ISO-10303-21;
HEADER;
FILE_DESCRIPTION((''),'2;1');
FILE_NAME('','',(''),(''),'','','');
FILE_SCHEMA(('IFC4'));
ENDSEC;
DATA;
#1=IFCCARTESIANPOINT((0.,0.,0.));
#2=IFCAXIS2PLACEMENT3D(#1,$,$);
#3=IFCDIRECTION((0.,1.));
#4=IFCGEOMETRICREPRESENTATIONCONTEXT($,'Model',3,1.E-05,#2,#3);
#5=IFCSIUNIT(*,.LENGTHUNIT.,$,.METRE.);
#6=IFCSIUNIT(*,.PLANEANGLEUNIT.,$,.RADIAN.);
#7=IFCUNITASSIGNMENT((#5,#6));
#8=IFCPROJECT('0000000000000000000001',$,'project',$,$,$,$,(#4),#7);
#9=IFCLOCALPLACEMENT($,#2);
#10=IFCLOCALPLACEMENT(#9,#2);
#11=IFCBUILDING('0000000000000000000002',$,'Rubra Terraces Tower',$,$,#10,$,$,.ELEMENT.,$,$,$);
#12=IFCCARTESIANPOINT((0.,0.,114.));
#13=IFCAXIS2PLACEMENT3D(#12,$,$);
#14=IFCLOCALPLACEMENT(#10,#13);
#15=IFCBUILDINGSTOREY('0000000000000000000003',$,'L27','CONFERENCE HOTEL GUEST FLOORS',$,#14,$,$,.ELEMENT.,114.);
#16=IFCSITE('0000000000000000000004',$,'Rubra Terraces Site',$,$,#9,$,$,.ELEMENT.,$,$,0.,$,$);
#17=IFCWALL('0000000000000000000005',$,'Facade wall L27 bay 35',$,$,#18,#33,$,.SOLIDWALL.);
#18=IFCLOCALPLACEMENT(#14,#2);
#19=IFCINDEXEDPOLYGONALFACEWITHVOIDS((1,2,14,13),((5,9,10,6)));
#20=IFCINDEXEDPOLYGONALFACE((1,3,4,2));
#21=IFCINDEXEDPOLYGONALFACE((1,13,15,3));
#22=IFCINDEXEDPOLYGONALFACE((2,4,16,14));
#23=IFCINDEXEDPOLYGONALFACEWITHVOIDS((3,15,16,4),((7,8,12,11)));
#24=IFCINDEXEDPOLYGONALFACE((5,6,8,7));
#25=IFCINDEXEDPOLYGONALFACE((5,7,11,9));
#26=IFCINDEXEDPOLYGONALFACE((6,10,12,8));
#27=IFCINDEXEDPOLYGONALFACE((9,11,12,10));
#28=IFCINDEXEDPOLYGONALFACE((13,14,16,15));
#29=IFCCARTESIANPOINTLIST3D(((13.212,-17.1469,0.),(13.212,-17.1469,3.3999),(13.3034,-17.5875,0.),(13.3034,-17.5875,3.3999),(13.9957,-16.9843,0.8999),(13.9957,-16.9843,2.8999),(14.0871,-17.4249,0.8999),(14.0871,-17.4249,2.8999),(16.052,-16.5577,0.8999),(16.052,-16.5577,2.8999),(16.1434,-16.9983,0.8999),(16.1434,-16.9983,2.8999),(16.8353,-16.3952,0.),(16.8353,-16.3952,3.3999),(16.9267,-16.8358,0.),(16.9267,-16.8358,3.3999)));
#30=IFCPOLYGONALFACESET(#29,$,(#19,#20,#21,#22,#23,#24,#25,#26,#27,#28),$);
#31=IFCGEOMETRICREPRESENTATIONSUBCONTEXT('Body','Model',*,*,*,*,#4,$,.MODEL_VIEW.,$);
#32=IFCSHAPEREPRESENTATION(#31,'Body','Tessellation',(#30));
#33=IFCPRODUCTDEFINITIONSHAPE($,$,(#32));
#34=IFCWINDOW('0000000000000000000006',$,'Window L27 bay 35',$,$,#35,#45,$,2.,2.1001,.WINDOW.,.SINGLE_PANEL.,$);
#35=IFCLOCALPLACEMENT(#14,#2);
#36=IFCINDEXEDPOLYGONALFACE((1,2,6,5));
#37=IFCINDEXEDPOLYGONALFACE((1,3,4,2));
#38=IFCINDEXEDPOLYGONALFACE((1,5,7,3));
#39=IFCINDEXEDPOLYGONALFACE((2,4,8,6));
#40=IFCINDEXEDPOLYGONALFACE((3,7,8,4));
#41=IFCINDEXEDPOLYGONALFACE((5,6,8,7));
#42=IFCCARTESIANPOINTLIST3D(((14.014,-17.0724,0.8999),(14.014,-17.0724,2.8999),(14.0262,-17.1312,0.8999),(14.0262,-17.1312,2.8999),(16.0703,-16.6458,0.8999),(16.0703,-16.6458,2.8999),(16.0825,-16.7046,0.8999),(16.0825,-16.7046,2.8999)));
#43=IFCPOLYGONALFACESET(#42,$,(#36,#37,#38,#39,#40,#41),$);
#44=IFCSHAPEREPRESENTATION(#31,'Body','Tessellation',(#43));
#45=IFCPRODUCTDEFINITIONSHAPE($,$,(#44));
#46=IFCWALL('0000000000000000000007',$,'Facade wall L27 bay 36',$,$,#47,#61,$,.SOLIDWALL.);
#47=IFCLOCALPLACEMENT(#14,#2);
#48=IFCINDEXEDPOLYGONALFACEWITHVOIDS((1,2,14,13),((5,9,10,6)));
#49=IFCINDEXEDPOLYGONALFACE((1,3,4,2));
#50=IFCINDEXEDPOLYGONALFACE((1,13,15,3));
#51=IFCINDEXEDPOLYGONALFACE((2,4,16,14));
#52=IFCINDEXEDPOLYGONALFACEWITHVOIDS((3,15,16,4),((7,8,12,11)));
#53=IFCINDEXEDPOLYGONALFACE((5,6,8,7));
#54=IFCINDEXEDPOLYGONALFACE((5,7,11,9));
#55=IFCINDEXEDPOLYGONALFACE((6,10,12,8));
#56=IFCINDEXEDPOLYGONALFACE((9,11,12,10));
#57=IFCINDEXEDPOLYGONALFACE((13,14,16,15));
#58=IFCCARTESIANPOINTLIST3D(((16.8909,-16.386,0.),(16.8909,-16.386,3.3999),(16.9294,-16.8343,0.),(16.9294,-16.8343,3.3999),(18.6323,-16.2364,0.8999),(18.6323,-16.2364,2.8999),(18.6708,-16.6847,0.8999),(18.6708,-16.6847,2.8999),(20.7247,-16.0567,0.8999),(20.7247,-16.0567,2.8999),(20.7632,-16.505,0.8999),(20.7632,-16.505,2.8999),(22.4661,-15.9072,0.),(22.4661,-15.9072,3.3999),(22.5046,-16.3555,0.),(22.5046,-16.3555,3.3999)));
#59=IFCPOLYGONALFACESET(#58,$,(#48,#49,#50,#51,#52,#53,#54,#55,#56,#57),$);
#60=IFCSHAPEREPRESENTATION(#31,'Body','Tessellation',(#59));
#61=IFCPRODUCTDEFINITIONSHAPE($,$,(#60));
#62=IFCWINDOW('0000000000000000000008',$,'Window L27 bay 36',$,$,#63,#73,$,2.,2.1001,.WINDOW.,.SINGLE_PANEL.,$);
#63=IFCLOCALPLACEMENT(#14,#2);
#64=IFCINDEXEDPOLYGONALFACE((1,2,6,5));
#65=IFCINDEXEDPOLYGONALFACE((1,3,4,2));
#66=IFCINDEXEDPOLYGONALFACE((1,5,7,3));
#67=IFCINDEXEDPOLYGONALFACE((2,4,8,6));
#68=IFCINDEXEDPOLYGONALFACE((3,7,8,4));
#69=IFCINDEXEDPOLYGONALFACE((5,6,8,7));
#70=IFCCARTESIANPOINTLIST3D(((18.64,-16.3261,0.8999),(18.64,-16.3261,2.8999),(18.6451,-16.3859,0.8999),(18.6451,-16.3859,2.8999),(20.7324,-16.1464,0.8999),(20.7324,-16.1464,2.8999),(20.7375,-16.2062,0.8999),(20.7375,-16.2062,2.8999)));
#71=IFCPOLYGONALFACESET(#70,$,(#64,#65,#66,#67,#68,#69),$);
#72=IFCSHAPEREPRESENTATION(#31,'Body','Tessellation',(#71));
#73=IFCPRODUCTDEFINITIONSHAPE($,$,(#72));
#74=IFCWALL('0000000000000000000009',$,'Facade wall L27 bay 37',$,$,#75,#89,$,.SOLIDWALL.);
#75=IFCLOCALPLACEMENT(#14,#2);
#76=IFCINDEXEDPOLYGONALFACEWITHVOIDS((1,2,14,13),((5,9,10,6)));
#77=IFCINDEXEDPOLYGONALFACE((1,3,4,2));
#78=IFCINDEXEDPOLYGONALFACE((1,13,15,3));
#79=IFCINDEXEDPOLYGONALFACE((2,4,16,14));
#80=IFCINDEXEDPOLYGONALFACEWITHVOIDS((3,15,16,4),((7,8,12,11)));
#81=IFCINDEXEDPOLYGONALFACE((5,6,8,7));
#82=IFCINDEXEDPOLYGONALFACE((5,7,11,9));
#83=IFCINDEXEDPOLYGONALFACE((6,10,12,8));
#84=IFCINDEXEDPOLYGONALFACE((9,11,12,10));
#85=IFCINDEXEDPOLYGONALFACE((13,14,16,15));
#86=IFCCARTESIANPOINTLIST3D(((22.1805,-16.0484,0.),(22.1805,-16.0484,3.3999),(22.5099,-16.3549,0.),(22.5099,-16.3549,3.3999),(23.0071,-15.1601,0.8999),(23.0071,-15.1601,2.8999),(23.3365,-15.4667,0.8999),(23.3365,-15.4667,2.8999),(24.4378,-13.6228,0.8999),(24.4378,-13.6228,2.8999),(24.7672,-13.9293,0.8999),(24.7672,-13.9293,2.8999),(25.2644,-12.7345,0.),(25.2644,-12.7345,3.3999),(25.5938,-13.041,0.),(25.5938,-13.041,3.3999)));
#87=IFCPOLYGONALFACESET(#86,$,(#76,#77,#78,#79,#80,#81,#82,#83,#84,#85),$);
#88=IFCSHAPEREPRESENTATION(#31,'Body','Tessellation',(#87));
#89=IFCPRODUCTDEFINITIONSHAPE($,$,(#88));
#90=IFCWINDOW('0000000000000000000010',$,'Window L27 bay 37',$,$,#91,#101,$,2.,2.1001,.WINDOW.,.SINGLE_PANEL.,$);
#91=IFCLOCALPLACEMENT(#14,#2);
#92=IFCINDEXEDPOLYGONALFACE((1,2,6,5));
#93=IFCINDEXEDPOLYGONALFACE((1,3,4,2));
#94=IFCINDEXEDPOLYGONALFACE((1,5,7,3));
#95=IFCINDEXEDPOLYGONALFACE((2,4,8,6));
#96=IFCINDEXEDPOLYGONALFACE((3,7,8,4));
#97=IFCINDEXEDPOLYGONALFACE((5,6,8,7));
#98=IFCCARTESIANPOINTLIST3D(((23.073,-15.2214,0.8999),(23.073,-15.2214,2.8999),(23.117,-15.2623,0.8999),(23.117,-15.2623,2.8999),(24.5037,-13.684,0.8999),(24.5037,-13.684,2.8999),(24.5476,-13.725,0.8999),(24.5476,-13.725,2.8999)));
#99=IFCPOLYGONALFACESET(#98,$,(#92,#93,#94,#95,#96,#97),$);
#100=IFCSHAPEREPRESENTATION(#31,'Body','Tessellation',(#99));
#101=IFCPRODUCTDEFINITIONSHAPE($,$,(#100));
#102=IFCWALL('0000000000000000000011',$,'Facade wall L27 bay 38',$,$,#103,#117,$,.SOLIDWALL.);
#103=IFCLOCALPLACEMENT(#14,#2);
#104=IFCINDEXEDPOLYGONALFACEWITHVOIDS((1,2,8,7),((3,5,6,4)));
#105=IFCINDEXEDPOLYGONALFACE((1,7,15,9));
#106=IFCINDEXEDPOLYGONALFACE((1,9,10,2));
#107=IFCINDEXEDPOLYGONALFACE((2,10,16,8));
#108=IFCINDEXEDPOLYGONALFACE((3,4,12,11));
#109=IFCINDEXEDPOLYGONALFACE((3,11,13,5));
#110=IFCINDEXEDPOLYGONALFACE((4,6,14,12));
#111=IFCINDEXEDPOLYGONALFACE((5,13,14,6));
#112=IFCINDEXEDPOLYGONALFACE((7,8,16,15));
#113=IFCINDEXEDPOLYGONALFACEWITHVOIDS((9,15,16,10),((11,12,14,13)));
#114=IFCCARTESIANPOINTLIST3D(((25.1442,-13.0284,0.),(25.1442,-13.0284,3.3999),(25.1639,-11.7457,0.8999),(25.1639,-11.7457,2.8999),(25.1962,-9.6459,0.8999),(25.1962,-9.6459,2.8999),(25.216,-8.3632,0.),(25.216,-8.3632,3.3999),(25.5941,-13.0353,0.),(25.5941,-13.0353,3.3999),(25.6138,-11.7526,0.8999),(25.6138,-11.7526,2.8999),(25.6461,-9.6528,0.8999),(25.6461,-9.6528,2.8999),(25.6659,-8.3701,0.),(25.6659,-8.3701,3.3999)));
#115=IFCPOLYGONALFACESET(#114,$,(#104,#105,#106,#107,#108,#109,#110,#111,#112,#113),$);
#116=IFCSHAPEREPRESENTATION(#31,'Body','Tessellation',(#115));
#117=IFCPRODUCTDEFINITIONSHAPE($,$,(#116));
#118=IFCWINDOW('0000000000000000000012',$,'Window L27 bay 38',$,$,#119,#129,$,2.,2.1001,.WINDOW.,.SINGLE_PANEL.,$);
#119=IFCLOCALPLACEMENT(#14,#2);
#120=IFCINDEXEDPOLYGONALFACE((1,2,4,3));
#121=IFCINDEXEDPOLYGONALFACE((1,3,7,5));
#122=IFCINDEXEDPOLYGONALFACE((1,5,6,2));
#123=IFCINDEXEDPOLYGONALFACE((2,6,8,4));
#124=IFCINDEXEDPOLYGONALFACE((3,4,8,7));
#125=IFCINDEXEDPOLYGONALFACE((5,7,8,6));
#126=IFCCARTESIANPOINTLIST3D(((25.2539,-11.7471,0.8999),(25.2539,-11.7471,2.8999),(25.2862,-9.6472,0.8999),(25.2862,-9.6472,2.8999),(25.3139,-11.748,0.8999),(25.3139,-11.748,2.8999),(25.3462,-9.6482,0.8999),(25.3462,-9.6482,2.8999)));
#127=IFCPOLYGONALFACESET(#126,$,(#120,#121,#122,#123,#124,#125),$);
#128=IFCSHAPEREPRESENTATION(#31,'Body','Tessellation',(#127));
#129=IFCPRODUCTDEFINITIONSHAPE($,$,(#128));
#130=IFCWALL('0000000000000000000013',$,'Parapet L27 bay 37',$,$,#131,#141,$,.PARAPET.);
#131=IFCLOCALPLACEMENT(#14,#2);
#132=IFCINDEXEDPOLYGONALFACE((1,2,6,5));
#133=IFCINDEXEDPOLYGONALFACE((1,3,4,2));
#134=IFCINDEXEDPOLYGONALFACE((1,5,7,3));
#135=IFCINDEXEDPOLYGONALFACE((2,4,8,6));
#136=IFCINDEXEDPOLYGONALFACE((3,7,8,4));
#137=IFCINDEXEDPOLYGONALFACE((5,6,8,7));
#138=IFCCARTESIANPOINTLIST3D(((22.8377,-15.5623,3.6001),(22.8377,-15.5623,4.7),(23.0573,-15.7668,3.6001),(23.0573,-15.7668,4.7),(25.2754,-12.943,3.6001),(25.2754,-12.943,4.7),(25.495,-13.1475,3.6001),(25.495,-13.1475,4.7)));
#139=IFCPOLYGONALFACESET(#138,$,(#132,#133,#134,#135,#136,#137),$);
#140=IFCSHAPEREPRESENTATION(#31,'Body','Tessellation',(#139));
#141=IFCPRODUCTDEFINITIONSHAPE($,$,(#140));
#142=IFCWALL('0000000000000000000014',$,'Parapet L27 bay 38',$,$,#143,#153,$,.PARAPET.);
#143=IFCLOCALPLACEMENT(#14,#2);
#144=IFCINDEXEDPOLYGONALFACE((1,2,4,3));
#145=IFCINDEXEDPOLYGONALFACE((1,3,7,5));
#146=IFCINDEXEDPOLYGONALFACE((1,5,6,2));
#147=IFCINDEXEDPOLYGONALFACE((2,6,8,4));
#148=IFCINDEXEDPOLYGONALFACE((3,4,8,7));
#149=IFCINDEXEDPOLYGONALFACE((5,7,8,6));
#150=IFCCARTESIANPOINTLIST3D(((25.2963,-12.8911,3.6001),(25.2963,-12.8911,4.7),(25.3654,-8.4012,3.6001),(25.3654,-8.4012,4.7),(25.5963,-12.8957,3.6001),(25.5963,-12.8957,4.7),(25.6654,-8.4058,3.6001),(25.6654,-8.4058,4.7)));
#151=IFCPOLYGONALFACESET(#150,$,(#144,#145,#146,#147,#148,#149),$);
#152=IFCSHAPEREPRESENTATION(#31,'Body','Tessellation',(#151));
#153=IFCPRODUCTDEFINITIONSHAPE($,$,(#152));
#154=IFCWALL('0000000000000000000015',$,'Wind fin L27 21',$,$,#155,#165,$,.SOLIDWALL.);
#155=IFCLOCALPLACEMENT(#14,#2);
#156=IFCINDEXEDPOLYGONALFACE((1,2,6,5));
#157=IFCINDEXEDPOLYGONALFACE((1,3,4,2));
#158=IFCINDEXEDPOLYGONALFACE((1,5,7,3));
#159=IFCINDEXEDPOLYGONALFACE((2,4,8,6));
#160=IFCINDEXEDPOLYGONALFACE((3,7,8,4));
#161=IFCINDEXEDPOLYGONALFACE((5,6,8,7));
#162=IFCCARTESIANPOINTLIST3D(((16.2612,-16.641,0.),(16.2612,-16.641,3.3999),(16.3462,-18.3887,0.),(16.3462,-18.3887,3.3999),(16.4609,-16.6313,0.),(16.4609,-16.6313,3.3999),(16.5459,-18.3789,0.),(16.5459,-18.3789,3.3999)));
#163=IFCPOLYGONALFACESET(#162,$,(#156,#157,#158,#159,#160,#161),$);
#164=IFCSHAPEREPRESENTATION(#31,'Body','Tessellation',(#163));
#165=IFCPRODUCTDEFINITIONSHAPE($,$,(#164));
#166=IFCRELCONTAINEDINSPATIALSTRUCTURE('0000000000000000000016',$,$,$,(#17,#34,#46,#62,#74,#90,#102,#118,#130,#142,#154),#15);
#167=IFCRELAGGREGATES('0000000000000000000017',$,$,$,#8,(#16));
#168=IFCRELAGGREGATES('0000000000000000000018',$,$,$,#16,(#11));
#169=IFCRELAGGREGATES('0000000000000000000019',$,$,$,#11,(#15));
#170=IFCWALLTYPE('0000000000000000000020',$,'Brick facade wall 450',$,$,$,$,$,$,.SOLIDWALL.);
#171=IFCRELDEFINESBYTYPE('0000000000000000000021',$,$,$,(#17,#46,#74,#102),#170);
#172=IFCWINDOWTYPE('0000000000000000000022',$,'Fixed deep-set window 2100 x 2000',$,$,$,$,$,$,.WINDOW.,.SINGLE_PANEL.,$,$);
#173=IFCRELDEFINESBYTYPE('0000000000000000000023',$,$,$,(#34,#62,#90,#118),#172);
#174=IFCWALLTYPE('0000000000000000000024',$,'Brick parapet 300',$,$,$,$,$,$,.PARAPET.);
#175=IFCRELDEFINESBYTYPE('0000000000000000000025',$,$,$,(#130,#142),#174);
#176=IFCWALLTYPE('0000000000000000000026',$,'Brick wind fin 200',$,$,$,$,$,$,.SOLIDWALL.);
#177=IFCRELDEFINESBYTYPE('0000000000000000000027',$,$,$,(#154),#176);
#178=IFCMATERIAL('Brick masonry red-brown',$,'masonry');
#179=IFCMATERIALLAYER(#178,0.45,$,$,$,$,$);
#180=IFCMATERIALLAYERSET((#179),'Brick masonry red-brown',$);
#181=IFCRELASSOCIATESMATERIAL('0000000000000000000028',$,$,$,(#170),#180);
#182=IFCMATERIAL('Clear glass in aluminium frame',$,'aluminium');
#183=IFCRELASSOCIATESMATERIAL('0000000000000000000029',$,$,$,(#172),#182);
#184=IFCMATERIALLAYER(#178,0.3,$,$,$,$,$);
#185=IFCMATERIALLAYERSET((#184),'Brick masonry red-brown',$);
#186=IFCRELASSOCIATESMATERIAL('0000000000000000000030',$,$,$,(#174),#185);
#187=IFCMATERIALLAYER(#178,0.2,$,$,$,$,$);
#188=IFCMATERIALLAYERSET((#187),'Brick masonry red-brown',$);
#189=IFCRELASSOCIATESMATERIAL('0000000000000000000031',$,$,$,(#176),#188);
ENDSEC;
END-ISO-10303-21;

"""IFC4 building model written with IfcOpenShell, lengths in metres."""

from ifc_helpers import new_model, si_unit, direction, frame, frame_2d, origin, place, context, subcontext, project, spatial, rectangle, extrude, material, layer, layer_set, type_object, element, fill, save


model = new_model("IFC4")

# Units and contexts
model_context = context("Model", 3, precision=1e-05, world=origin(), true_north=direction((0.0, 1.0)))
body_context = subcontext(model_context, "Body", "Model", "MODEL_VIEW")
ifc_project = project(units=[si_unit("LENGTHUNIT", "METRE"), si_unit("PLANEANGLEUNIT", "RADIAN")], contexts=[model_context])

# Site, building, storey
site_placement = place(None, origin())
site = spatial("IfcSite", under=ifc_project, at=site_placement, Name="Rubra Terraces Site", CompositionType="ELEMENT", RefElevation=0.0)
building_placement = place(site_placement, origin())
building = spatial("IfcBuilding", under=site, at=building_placement, Name="Rubra Terraces Tower", CompositionType="ELEMENT")
storey_placement = place(building_placement, frame((0.0, 0.0, 114.0)))
storey = spatial("IfcBuildingStorey", under=building, at=storey_placement, Name="L27", Description="CONFERENCE HOTEL GUEST FLOORS", CompositionType="ELEMENT", Elevation=114.0)

# Walls, openings, windows
ifc_material_1 = material(Name="Brick masonry red-brown", Category="masonry")
ifc_layer_1 = layer(ifc_material_1, 0.45)
ifc_layer_set_1 = layer_set([ifc_layer_1], Name="Brick masonry red-brown")
wall_type_1 = type_object("IfcWallType", Name="Brick facade wall 450", PredefinedType="SOLIDWALL", material=ifc_layer_set_1)
wall_1_placement = place(storey_placement, frame((13.2578, -17.3672, 0.0), z_axis=(0.0, 0.0, 1.0), x_axis=(0.97915, 0.20314, 0.0)))
wall_1 = element("IfcWall", 1, at=wall_1_placement, inside=storey, type_object=wall_type_1, Name="Facade wall L27 bay 35", PredefinedType="SOLIDWALL", context=body_context, shape_type="SweptSolid", body=[
    extrude(rectangle(XDim=3.7004, YDim=0.45, at=frame_2d((1.8501, 0.0))), origin(), (0.0, 0.0, 1.0), 3.3999),
])
opening_1_placement = place(wall_1_placement, frame((0.8003, 0.0, 0.8999)))
opening_1 = element("IfcOpeningElement", 2, at=opening_1_placement, cuts=wall_1, PredefinedType="OPENING", context=body_context, shape_type="SweptSolid", body=[
    extrude(rectangle(XDim=2.1001, YDim=2.0, at=frame_2d((1.05, 1.0))), frame((0.0, 0.2349, 0.0), z_axis=(0.0, -1.0, 0.0), x_axis=(1.0, 0.0, 0.0)), (0.0, 0.0, 1.0), 0.47),
])
ifc_material_2 = material(Name="Clear glass in aluminium frame", Category="aluminium")
window_type = type_object("IfcWindowType", Name="Fixed deep-set window 2100 x 2000", PartitioningType="SINGLE_PANEL", PredefinedType="WINDOW", material=ifc_material_2)
window_1_placement = place(opening_1_placement, origin())
window_1 = element("IfcWindow", 3, at=window_1_placement, inside=storey, type_object=window_type, Name="Window L27 bay 35", OverallHeight=2.0, OverallWidth=2.1001, PartitioningType="SINGLE_PANEL", PredefinedType="WINDOW", context=body_context, shape_type="SweptSolid", body=[
    extrude(rectangle(XDim=2.1001, YDim=2.0, at=frame_2d((1.05, 1.0))), frame((0.0, 0.135, 0.0), z_axis=(0.0, -1.0, 0.0), x_axis=(1.0, 0.0, 0.0)), (0.0, 0.0, 1.0), 0.0601),
])
fill(opening_1, window_1)
wall_2_placement = place(storey_placement, frame((16.9102, -16.6101, 0.0), z_axis=(0.0, 0.0, 1.0), x_axis=(0.996333, 0.085558, 0.0)))
wall_2 = element("IfcWall", 4, at=wall_2_placement, inside=storey, type_object=wall_type_1, Name="Facade wall L27 bay 36", PredefinedType="SOLIDWALL", context=body_context, shape_type="SweptSolid", body=[
    extrude(rectangle(XDim=5.5957, YDim=0.45, at=frame_2d((2.7979, 0.0))), origin(), (0.0, 0.0, 1.0), 3.3999),
])
opening_2_placement = place(wall_2_placement, frame((1.7478, 0.0, 0.8999)))
opening_2 = element("IfcOpeningElement", 5, at=opening_2_placement, cuts=wall_2, PredefinedType="OPENING", context=body_context, shape_type="SweptSolid", body=[
    extrude(rectangle(XDim=2.1001, YDim=2.0, at=frame_2d((1.05, 1.0))), frame((0.0, 0.2349, 0.0), z_axis=(0.0, -1.0, 0.0), x_axis=(1.0, 0.0, 0.0)), (0.0, 0.0, 1.0), 0.47),
])
window_2_placement = place(opening_2_placement, origin())
window_2 = element("IfcWindow", 6, at=window_2_placement, inside=storey, type_object=window_type, Name="Window L27 bay 36", OverallHeight=2.0, OverallWidth=2.1001, PartitioningType="SINGLE_PANEL", PredefinedType="WINDOW", context=body_context, shape_type="SweptSolid", body=[
    extrude(rectangle(XDim=2.1001, YDim=2.0, at=frame_2d((1.05, 1.0))), frame((0.0, 0.135, 0.0), z_axis=(0.0, -1.0, 0.0), x_axis=(1.0, 0.0, 0.0)), (0.0, 0.0, 1.0), 0.0601),
])
fill(opening_2, window_2)
wall_3_placement = place(storey_placement, frame((22.3452, -16.2017, 0.0), z_axis=(0.0, 0.0, 1.0), x_axis=(0.681249, 0.732052, 0.0)))
wall_3 = element("IfcWall", 7, at=wall_3_placement, inside=storey, type_object=wall_type_1, Name="Facade wall L27 bay 37", PredefinedType="SOLIDWALL", context=body_context, shape_type="SweptSolid", body=[
    extrude(rectangle(XDim=4.5269, YDim=0.45, at=frame_2d((2.2634, 0.0))), origin(), (0.0, 0.0, 1.0), 3.3999),
])
opening_3_placement = place(wall_3_placement, frame((1.2134, 0.0, 0.8999)))
opening_3 = element("IfcOpeningElement", 8, at=opening_3_placement, cuts=wall_3, PredefinedType="OPENING", context=body_context, shape_type="SweptSolid", body=[
    extrude(rectangle(XDim=2.1001, YDim=2.0, at=frame_2d((1.05, 1.0))), frame((0.0, 0.2349, 0.0), z_axis=(0.0, -1.0, 0.0), x_axis=(1.0, 0.0, 0.0)), (0.0, 0.0, 1.0), 0.47),
])
window_3_placement = place(opening_3_placement, origin())
window_3 = element("IfcWindow", 9, at=window_3_placement, inside=storey, type_object=window_type, Name="Window L27 bay 37", OverallHeight=2.0, OverallWidth=2.1001, PartitioningType="SINGLE_PANEL", PredefinedType="WINDOW", context=body_context, shape_type="SweptSolid", body=[
    extrude(rectangle(XDim=2.1001, YDim=2.0, at=frame_2d((1.05, 1.0))), frame((0.0, 0.135, 0.0), z_axis=(0.0, -1.0, 0.0), x_axis=(1.0, 0.0, 0.0)), (0.0, 0.0, 1.0), 0.0601),
])
fill(opening_3, window_3)
wall_4_placement = place(storey_placement, frame((25.3691, -13.032, 0.0), z_axis=(0.0, 0.0, 1.0), x_axis=(0.015384, 0.999882, 0.0)))
wall_4 = element("IfcWall", 10, at=wall_4_placement, inside=storey, type_object=wall_type_1, Name="Facade wall L27 bay 38", PredefinedType="SOLIDWALL", context=body_context, shape_type="SweptSolid", body=[
    extrude(rectangle(XDim=4.6658, YDim=0.45, at=frame_2d((2.333, 0.0))), origin(), (0.0, 0.0, 1.0), 3.3999),
])
opening_4_placement = place(wall_4_placement, frame((1.283, 0.0, 0.8999)))
opening_4 = element("IfcOpeningElement", 11, at=opening_4_placement, cuts=wall_4, PredefinedType="OPENING", context=body_context, shape_type="SweptSolid", body=[
    extrude(rectangle(XDim=2.1001, YDim=2.0, at=frame_2d((1.05, 1.0))), frame((0.0, 0.2349, 0.0), z_axis=(0.0, -1.0, 0.0), x_axis=(1.0, 0.0, 0.0)), (0.0, 0.0, 1.0), 0.47),
])
window_4_placement = place(opening_4_placement, origin())
window_4 = element("IfcWindow", 12, at=window_4_placement, inside=storey, type_object=window_type, Name="Window L27 bay 38", OverallHeight=2.0, OverallWidth=2.1001, PartitioningType="SINGLE_PANEL", PredefinedType="WINDOW", context=body_context, shape_type="SweptSolid", body=[
    extrude(rectangle(XDim=2.1001, YDim=2.0, at=frame_2d((1.05, 1.0))), frame((0.0, 0.135, 0.0), z_axis=(0.0, -1.0, 0.0), x_axis=(1.0, 0.0, 0.0)), (0.0, 0.0, 1.0), 0.0601),
])
fill(opening_4, window_4)

# Walls
ifc_layer_2 = layer(ifc_material_1, 0.3)
ifc_layer_set_2 = layer_set([ifc_layer_2], Name="Brick masonry red-brown")
wall_type_2 = type_object("IfcWallType", Name="Brick parapet 300", PredefinedType="PARAPET", material=ifc_layer_set_2)
wall_5_placement = place(storey_placement, frame((22.9475, -15.6646, 3.6001), z_axis=(0.0, 0.0, 1.0), x_axis=(0.68127, 0.732032, 0.0)))
element("IfcWall", 13, at=wall_5_placement, inside=storey, type_object=wall_type_2, Name="Parapet L27 bay 37", PredefinedType="PARAPET", context=body_context, shape_type="SweptSolid", body=[
    extrude(rectangle(XDim=3.5781, YDim=0.3, at=frame_2d((1.7891, 0.0))), origin(), (0.0, 0.0, 1.0), 1.0999),
])
wall_6_placement = place(storey_placement, frame((25.4463, -12.8933, 3.6001), z_axis=(0.0, 0.0, 1.0), x_axis=(0.015386, 0.999882, 0.0)))
element("IfcWall", 14, at=wall_6_placement, inside=storey, type_object=wall_type_2, Name="Parapet L27 bay 38", PredefinedType="PARAPET", context=body_context, shape_type="SweptSolid", body=[
    extrude(rectangle(XDim=4.4905, YDim=0.3, at=frame_2d((2.2451, 0.0))), origin(), (0.0, 0.0, 1.0), 1.0999),
])
ifc_layer_3 = layer(ifc_material_1, 0.2)
ifc_layer_set_3 = layer_set([ifc_layer_3], Name="Brick masonry red-brown")
wall_type_3 = type_object("IfcWallType", Name="Brick wind fin 200", PredefinedType="SOLIDWALL", material=ifc_layer_set_3)
wall_7_placement = place(storey_placement, frame((16.3611, -16.636, 0.0), z_axis=(0.0, 0.0, 1.0), x_axis=(0.048553, -0.998821, 0.0)))
element("IfcWall", 15, at=wall_7_placement, inside=storey, type_object=wall_type_3, Name="Wind fin L27 21", PredefinedType="SOLIDWALL", context=body_context, shape_type="SweptSolid", body=[
    extrude(rectangle(XDim=1.7498, YDim=0.2, at=frame_2d((0.875, 0.0))), origin(), (0.0, 0.0, 1.0), 3.3999),
])

save(model, "model.ifc")
